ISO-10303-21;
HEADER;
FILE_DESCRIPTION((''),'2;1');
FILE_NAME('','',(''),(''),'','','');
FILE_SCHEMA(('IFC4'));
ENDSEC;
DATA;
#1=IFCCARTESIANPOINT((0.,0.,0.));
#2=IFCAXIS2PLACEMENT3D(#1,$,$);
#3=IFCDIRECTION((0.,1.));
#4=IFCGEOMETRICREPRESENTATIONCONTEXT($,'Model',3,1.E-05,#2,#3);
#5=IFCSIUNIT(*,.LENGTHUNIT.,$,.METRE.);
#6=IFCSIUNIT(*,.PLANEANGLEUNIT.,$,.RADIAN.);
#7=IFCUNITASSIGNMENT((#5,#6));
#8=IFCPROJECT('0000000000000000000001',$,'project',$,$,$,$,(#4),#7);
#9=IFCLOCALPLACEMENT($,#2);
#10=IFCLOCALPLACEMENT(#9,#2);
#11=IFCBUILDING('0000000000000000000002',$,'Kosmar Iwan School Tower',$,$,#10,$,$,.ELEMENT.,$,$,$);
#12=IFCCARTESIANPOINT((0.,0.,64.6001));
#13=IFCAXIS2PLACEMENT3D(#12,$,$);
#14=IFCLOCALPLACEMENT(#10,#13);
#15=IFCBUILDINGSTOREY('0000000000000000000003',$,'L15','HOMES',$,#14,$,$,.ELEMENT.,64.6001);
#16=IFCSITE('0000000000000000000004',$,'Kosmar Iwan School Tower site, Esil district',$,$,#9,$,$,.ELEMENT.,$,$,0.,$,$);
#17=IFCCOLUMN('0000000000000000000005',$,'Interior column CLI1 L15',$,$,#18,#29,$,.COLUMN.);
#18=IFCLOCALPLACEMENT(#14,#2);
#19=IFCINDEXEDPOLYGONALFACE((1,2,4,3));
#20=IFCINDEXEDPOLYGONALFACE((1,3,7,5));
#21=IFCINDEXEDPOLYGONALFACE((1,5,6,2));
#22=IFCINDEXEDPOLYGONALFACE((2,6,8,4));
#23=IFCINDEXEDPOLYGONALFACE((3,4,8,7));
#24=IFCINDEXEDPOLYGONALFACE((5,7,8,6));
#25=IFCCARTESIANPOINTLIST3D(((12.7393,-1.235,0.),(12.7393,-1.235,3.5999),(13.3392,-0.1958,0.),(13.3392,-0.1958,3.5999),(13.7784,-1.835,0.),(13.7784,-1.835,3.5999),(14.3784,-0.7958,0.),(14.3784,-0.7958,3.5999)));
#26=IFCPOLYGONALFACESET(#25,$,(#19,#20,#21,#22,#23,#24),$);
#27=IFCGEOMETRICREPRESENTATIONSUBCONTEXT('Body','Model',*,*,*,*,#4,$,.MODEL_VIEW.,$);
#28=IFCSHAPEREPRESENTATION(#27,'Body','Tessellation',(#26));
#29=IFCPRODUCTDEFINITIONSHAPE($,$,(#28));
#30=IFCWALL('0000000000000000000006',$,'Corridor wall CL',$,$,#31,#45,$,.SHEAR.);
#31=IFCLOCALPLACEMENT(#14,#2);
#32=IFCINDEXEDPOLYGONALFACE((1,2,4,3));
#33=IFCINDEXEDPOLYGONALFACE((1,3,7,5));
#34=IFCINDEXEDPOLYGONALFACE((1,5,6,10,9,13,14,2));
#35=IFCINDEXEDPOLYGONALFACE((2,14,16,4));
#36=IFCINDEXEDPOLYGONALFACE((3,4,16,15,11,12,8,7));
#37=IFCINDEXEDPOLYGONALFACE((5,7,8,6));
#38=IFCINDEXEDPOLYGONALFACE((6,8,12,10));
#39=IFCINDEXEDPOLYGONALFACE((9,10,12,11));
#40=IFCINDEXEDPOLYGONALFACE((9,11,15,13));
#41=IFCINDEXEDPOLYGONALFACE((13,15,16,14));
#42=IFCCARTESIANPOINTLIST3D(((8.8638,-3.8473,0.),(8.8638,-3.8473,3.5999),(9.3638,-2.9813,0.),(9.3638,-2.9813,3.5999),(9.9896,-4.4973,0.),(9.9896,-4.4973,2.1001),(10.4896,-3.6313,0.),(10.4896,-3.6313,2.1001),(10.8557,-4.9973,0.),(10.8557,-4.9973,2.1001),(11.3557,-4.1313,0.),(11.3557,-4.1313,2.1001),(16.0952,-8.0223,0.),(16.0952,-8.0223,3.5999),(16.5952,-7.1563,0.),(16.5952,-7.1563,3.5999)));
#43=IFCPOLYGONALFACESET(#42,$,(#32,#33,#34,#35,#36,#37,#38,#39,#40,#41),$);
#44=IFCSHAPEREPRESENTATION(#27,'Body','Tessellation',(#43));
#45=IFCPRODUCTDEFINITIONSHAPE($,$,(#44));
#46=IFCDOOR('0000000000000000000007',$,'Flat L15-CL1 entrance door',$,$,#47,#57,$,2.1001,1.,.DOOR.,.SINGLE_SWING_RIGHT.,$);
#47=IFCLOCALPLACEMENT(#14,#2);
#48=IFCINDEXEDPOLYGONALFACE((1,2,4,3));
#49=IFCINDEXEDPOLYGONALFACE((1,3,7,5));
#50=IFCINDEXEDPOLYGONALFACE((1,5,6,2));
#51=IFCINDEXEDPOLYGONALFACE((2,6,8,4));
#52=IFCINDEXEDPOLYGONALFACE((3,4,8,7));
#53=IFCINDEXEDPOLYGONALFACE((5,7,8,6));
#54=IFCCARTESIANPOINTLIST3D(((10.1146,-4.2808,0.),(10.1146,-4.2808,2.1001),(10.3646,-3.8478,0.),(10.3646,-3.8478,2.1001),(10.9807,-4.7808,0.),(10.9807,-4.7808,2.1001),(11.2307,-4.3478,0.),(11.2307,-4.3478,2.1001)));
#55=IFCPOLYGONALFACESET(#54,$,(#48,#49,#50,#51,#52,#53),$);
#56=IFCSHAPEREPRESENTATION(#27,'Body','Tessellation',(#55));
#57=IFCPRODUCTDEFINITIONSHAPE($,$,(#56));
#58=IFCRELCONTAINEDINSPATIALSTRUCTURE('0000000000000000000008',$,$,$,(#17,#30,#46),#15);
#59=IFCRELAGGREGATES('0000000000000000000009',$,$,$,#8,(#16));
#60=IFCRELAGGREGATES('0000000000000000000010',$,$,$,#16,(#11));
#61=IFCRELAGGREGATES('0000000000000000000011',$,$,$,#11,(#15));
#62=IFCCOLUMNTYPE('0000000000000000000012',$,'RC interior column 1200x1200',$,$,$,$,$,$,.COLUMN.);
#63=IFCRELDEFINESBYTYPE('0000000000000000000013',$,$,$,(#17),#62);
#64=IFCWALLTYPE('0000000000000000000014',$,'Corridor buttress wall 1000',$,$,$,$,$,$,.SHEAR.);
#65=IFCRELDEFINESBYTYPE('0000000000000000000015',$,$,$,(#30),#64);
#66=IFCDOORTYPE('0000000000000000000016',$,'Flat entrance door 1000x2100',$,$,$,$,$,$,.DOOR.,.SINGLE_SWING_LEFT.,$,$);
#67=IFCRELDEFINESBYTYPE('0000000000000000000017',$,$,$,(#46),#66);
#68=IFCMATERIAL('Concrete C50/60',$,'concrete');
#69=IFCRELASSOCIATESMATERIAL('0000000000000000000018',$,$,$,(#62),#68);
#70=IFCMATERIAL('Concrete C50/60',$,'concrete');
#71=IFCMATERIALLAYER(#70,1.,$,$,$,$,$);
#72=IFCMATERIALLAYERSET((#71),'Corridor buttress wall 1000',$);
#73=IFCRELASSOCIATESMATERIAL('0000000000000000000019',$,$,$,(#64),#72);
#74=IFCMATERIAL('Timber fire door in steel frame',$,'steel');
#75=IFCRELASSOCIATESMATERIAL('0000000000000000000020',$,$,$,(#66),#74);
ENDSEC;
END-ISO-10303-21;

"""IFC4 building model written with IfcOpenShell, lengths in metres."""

from ifc_helpers import new_model, si_unit, direction, frame, frame_2d, origin, origin_2d, place, context, subcontext, project, spatial, rectangle, extrude, material, layer, layer_set, material_profile, profile_set, type_object, element, fill, save


model = new_model("IFC4")

# Units and contexts
model_context = context("Model", 3, precision=1e-05, world=origin(), true_north=direction((0.0, 1.0)))
body_context = subcontext(model_context, "Body", "Model", "MODEL_VIEW")
ifc_project = project(units=[si_unit("LENGTHUNIT", "METRE"), si_unit("PLANEANGLEUNIT", "RADIAN")], contexts=[model_context])

# Site, building, storey
site_placement = place(None, origin())
site = spatial("IfcSite", under=ifc_project, at=site_placement, Name="Kosmar Iwan School Tower site, Esil district", CompositionType="ELEMENT", RefElevation=0.0)
building_placement = place(site_placement, origin())
building = spatial("IfcBuilding", under=site, at=building_placement, Name="Kosmar Iwan School Tower", CompositionType="ELEMENT")
storey_placement = place(building_placement, frame((0.0, 0.0, 64.6001)))
storey = spatial("IfcBuildingStorey", under=building, at=storey_placement, Name="L15", Description="HOMES", CompositionType="ELEMENT", Elevation=64.6001)

# Column
ifc_material_1 = material(Name="Concrete C50/60", Category="concrete")
ifc_material_profile = material_profile(ifc_material_1, rectangle(XDim=1.2, YDim=1.2, at=origin_2d()), Name="RC 1200x1200")
ifc_profile_set = profile_set([ifc_material_profile], Name="Concrete C50/60")
column_type = type_object("IfcColumnType", Name="RC interior column 1200x1200", PredefinedType="COLUMN", material=ifc_profile_set)
column_placement = place(storey_placement, frame((13.5588, -1.0154, 0.0), z_axis=(0.0, 0.0, 1.0), x_axis=(0.866025, -0.5, 0.0)))
element("IfcColumn", 1, at=column_placement, inside=storey, type_object=column_type, Name="Interior column CLI1 L15", PredefinedType="COLUMN", context=body_context, shape_type="SweptSolid", body=[
    extrude(rectangle(XDim=1.2, YDim=1.2, at=origin_2d()), origin(), (0.0, 0.0, 1.0), 3.5999),
])

# Wall, opening, door
ifc_material_2 = material(Name="Concrete C50/60", Category="concrete")
ifc_layer_1 = layer(ifc_material_2, 1.0)
ifc_layer_set_1 = layer_set([ifc_layer_1], Name="Corridor buttress wall 1000")
wall_type_1 = type_object("IfcWallType", Name="Corridor buttress wall 1000", PredefinedType="SHEAR", material=ifc_layer_set_1)
wall_1_placement = place(storey_placement, frame((9.1138, -3.4143, 0.0), z_axis=(0.0, 0.0, 1.0), x_axis=(0.866027, -0.499997, 0.0)))
wall_1 = element("IfcWall", 2, at=wall_1_placement, inside=storey, type_object=wall_type_1, Name="Corridor wall CL", PredefinedType="SHEAR", context=body_context, shape_type="SweptSolid", body=[
    extrude(rectangle(XDim=8.3501, YDim=1.0, at=frame_2d((4.175, 0.0))), origin(), (0.0, 0.0, 1.0), 3.5999),
])
opening_1_placement = place(wall_1_placement, frame((1.3, 0.0, 0.0)))
opening_1 = element("IfcOpeningElement", 3, at=opening_1_placement, cuts=wall_1, PredefinedType="OPENING", context=body_context, shape_type="SweptSolid", body=[
    extrude(rectangle(XDim=1.0, YDim=2.1001, at=frame_2d((0.5, 1.05))), frame((0.0, 0.512, 0.0), z_axis=(0.0, -1.0, 0.0), x_axis=(1.0, 0.0, 0.0)), (0.0, 0.0, 1.0), 1.0239),
])
ifc_material_3 = material(Name="Timber fire door in steel frame", Category="steel")
door_type_1 = type_object("IfcDoorType", Name="Flat entrance door 1000x2100", OperationType="SINGLE_SWING_LEFT", PredefinedType="DOOR", material=ifc_material_3)
door_1_placement = place(opening_1_placement, origin())
door_1 = element("IfcDoor", 4, at=door_1_placement, inside=storey, type_object=door_type_1, Name="Flat L15-CL1 entrance door", OperationType="SINGLE_SWING_RIGHT", OverallHeight=2.1001, OverallWidth=1.0, PredefinedType="DOOR", context=body_context, shape_type="SweptSolid", body=[
    extrude(rectangle(XDim=1.0, YDim=2.1001, at=frame_2d((0.5, 1.05))), frame((0.0, 0.25, 0.0), z_axis=(0.0, -1.0, 0.0), x_axis=(1.0, 0.0, 0.0)), (0.0, 0.0, 1.0), 0.5),
])
fill(opening_1, door_1)

save(model, "model.ifc")
